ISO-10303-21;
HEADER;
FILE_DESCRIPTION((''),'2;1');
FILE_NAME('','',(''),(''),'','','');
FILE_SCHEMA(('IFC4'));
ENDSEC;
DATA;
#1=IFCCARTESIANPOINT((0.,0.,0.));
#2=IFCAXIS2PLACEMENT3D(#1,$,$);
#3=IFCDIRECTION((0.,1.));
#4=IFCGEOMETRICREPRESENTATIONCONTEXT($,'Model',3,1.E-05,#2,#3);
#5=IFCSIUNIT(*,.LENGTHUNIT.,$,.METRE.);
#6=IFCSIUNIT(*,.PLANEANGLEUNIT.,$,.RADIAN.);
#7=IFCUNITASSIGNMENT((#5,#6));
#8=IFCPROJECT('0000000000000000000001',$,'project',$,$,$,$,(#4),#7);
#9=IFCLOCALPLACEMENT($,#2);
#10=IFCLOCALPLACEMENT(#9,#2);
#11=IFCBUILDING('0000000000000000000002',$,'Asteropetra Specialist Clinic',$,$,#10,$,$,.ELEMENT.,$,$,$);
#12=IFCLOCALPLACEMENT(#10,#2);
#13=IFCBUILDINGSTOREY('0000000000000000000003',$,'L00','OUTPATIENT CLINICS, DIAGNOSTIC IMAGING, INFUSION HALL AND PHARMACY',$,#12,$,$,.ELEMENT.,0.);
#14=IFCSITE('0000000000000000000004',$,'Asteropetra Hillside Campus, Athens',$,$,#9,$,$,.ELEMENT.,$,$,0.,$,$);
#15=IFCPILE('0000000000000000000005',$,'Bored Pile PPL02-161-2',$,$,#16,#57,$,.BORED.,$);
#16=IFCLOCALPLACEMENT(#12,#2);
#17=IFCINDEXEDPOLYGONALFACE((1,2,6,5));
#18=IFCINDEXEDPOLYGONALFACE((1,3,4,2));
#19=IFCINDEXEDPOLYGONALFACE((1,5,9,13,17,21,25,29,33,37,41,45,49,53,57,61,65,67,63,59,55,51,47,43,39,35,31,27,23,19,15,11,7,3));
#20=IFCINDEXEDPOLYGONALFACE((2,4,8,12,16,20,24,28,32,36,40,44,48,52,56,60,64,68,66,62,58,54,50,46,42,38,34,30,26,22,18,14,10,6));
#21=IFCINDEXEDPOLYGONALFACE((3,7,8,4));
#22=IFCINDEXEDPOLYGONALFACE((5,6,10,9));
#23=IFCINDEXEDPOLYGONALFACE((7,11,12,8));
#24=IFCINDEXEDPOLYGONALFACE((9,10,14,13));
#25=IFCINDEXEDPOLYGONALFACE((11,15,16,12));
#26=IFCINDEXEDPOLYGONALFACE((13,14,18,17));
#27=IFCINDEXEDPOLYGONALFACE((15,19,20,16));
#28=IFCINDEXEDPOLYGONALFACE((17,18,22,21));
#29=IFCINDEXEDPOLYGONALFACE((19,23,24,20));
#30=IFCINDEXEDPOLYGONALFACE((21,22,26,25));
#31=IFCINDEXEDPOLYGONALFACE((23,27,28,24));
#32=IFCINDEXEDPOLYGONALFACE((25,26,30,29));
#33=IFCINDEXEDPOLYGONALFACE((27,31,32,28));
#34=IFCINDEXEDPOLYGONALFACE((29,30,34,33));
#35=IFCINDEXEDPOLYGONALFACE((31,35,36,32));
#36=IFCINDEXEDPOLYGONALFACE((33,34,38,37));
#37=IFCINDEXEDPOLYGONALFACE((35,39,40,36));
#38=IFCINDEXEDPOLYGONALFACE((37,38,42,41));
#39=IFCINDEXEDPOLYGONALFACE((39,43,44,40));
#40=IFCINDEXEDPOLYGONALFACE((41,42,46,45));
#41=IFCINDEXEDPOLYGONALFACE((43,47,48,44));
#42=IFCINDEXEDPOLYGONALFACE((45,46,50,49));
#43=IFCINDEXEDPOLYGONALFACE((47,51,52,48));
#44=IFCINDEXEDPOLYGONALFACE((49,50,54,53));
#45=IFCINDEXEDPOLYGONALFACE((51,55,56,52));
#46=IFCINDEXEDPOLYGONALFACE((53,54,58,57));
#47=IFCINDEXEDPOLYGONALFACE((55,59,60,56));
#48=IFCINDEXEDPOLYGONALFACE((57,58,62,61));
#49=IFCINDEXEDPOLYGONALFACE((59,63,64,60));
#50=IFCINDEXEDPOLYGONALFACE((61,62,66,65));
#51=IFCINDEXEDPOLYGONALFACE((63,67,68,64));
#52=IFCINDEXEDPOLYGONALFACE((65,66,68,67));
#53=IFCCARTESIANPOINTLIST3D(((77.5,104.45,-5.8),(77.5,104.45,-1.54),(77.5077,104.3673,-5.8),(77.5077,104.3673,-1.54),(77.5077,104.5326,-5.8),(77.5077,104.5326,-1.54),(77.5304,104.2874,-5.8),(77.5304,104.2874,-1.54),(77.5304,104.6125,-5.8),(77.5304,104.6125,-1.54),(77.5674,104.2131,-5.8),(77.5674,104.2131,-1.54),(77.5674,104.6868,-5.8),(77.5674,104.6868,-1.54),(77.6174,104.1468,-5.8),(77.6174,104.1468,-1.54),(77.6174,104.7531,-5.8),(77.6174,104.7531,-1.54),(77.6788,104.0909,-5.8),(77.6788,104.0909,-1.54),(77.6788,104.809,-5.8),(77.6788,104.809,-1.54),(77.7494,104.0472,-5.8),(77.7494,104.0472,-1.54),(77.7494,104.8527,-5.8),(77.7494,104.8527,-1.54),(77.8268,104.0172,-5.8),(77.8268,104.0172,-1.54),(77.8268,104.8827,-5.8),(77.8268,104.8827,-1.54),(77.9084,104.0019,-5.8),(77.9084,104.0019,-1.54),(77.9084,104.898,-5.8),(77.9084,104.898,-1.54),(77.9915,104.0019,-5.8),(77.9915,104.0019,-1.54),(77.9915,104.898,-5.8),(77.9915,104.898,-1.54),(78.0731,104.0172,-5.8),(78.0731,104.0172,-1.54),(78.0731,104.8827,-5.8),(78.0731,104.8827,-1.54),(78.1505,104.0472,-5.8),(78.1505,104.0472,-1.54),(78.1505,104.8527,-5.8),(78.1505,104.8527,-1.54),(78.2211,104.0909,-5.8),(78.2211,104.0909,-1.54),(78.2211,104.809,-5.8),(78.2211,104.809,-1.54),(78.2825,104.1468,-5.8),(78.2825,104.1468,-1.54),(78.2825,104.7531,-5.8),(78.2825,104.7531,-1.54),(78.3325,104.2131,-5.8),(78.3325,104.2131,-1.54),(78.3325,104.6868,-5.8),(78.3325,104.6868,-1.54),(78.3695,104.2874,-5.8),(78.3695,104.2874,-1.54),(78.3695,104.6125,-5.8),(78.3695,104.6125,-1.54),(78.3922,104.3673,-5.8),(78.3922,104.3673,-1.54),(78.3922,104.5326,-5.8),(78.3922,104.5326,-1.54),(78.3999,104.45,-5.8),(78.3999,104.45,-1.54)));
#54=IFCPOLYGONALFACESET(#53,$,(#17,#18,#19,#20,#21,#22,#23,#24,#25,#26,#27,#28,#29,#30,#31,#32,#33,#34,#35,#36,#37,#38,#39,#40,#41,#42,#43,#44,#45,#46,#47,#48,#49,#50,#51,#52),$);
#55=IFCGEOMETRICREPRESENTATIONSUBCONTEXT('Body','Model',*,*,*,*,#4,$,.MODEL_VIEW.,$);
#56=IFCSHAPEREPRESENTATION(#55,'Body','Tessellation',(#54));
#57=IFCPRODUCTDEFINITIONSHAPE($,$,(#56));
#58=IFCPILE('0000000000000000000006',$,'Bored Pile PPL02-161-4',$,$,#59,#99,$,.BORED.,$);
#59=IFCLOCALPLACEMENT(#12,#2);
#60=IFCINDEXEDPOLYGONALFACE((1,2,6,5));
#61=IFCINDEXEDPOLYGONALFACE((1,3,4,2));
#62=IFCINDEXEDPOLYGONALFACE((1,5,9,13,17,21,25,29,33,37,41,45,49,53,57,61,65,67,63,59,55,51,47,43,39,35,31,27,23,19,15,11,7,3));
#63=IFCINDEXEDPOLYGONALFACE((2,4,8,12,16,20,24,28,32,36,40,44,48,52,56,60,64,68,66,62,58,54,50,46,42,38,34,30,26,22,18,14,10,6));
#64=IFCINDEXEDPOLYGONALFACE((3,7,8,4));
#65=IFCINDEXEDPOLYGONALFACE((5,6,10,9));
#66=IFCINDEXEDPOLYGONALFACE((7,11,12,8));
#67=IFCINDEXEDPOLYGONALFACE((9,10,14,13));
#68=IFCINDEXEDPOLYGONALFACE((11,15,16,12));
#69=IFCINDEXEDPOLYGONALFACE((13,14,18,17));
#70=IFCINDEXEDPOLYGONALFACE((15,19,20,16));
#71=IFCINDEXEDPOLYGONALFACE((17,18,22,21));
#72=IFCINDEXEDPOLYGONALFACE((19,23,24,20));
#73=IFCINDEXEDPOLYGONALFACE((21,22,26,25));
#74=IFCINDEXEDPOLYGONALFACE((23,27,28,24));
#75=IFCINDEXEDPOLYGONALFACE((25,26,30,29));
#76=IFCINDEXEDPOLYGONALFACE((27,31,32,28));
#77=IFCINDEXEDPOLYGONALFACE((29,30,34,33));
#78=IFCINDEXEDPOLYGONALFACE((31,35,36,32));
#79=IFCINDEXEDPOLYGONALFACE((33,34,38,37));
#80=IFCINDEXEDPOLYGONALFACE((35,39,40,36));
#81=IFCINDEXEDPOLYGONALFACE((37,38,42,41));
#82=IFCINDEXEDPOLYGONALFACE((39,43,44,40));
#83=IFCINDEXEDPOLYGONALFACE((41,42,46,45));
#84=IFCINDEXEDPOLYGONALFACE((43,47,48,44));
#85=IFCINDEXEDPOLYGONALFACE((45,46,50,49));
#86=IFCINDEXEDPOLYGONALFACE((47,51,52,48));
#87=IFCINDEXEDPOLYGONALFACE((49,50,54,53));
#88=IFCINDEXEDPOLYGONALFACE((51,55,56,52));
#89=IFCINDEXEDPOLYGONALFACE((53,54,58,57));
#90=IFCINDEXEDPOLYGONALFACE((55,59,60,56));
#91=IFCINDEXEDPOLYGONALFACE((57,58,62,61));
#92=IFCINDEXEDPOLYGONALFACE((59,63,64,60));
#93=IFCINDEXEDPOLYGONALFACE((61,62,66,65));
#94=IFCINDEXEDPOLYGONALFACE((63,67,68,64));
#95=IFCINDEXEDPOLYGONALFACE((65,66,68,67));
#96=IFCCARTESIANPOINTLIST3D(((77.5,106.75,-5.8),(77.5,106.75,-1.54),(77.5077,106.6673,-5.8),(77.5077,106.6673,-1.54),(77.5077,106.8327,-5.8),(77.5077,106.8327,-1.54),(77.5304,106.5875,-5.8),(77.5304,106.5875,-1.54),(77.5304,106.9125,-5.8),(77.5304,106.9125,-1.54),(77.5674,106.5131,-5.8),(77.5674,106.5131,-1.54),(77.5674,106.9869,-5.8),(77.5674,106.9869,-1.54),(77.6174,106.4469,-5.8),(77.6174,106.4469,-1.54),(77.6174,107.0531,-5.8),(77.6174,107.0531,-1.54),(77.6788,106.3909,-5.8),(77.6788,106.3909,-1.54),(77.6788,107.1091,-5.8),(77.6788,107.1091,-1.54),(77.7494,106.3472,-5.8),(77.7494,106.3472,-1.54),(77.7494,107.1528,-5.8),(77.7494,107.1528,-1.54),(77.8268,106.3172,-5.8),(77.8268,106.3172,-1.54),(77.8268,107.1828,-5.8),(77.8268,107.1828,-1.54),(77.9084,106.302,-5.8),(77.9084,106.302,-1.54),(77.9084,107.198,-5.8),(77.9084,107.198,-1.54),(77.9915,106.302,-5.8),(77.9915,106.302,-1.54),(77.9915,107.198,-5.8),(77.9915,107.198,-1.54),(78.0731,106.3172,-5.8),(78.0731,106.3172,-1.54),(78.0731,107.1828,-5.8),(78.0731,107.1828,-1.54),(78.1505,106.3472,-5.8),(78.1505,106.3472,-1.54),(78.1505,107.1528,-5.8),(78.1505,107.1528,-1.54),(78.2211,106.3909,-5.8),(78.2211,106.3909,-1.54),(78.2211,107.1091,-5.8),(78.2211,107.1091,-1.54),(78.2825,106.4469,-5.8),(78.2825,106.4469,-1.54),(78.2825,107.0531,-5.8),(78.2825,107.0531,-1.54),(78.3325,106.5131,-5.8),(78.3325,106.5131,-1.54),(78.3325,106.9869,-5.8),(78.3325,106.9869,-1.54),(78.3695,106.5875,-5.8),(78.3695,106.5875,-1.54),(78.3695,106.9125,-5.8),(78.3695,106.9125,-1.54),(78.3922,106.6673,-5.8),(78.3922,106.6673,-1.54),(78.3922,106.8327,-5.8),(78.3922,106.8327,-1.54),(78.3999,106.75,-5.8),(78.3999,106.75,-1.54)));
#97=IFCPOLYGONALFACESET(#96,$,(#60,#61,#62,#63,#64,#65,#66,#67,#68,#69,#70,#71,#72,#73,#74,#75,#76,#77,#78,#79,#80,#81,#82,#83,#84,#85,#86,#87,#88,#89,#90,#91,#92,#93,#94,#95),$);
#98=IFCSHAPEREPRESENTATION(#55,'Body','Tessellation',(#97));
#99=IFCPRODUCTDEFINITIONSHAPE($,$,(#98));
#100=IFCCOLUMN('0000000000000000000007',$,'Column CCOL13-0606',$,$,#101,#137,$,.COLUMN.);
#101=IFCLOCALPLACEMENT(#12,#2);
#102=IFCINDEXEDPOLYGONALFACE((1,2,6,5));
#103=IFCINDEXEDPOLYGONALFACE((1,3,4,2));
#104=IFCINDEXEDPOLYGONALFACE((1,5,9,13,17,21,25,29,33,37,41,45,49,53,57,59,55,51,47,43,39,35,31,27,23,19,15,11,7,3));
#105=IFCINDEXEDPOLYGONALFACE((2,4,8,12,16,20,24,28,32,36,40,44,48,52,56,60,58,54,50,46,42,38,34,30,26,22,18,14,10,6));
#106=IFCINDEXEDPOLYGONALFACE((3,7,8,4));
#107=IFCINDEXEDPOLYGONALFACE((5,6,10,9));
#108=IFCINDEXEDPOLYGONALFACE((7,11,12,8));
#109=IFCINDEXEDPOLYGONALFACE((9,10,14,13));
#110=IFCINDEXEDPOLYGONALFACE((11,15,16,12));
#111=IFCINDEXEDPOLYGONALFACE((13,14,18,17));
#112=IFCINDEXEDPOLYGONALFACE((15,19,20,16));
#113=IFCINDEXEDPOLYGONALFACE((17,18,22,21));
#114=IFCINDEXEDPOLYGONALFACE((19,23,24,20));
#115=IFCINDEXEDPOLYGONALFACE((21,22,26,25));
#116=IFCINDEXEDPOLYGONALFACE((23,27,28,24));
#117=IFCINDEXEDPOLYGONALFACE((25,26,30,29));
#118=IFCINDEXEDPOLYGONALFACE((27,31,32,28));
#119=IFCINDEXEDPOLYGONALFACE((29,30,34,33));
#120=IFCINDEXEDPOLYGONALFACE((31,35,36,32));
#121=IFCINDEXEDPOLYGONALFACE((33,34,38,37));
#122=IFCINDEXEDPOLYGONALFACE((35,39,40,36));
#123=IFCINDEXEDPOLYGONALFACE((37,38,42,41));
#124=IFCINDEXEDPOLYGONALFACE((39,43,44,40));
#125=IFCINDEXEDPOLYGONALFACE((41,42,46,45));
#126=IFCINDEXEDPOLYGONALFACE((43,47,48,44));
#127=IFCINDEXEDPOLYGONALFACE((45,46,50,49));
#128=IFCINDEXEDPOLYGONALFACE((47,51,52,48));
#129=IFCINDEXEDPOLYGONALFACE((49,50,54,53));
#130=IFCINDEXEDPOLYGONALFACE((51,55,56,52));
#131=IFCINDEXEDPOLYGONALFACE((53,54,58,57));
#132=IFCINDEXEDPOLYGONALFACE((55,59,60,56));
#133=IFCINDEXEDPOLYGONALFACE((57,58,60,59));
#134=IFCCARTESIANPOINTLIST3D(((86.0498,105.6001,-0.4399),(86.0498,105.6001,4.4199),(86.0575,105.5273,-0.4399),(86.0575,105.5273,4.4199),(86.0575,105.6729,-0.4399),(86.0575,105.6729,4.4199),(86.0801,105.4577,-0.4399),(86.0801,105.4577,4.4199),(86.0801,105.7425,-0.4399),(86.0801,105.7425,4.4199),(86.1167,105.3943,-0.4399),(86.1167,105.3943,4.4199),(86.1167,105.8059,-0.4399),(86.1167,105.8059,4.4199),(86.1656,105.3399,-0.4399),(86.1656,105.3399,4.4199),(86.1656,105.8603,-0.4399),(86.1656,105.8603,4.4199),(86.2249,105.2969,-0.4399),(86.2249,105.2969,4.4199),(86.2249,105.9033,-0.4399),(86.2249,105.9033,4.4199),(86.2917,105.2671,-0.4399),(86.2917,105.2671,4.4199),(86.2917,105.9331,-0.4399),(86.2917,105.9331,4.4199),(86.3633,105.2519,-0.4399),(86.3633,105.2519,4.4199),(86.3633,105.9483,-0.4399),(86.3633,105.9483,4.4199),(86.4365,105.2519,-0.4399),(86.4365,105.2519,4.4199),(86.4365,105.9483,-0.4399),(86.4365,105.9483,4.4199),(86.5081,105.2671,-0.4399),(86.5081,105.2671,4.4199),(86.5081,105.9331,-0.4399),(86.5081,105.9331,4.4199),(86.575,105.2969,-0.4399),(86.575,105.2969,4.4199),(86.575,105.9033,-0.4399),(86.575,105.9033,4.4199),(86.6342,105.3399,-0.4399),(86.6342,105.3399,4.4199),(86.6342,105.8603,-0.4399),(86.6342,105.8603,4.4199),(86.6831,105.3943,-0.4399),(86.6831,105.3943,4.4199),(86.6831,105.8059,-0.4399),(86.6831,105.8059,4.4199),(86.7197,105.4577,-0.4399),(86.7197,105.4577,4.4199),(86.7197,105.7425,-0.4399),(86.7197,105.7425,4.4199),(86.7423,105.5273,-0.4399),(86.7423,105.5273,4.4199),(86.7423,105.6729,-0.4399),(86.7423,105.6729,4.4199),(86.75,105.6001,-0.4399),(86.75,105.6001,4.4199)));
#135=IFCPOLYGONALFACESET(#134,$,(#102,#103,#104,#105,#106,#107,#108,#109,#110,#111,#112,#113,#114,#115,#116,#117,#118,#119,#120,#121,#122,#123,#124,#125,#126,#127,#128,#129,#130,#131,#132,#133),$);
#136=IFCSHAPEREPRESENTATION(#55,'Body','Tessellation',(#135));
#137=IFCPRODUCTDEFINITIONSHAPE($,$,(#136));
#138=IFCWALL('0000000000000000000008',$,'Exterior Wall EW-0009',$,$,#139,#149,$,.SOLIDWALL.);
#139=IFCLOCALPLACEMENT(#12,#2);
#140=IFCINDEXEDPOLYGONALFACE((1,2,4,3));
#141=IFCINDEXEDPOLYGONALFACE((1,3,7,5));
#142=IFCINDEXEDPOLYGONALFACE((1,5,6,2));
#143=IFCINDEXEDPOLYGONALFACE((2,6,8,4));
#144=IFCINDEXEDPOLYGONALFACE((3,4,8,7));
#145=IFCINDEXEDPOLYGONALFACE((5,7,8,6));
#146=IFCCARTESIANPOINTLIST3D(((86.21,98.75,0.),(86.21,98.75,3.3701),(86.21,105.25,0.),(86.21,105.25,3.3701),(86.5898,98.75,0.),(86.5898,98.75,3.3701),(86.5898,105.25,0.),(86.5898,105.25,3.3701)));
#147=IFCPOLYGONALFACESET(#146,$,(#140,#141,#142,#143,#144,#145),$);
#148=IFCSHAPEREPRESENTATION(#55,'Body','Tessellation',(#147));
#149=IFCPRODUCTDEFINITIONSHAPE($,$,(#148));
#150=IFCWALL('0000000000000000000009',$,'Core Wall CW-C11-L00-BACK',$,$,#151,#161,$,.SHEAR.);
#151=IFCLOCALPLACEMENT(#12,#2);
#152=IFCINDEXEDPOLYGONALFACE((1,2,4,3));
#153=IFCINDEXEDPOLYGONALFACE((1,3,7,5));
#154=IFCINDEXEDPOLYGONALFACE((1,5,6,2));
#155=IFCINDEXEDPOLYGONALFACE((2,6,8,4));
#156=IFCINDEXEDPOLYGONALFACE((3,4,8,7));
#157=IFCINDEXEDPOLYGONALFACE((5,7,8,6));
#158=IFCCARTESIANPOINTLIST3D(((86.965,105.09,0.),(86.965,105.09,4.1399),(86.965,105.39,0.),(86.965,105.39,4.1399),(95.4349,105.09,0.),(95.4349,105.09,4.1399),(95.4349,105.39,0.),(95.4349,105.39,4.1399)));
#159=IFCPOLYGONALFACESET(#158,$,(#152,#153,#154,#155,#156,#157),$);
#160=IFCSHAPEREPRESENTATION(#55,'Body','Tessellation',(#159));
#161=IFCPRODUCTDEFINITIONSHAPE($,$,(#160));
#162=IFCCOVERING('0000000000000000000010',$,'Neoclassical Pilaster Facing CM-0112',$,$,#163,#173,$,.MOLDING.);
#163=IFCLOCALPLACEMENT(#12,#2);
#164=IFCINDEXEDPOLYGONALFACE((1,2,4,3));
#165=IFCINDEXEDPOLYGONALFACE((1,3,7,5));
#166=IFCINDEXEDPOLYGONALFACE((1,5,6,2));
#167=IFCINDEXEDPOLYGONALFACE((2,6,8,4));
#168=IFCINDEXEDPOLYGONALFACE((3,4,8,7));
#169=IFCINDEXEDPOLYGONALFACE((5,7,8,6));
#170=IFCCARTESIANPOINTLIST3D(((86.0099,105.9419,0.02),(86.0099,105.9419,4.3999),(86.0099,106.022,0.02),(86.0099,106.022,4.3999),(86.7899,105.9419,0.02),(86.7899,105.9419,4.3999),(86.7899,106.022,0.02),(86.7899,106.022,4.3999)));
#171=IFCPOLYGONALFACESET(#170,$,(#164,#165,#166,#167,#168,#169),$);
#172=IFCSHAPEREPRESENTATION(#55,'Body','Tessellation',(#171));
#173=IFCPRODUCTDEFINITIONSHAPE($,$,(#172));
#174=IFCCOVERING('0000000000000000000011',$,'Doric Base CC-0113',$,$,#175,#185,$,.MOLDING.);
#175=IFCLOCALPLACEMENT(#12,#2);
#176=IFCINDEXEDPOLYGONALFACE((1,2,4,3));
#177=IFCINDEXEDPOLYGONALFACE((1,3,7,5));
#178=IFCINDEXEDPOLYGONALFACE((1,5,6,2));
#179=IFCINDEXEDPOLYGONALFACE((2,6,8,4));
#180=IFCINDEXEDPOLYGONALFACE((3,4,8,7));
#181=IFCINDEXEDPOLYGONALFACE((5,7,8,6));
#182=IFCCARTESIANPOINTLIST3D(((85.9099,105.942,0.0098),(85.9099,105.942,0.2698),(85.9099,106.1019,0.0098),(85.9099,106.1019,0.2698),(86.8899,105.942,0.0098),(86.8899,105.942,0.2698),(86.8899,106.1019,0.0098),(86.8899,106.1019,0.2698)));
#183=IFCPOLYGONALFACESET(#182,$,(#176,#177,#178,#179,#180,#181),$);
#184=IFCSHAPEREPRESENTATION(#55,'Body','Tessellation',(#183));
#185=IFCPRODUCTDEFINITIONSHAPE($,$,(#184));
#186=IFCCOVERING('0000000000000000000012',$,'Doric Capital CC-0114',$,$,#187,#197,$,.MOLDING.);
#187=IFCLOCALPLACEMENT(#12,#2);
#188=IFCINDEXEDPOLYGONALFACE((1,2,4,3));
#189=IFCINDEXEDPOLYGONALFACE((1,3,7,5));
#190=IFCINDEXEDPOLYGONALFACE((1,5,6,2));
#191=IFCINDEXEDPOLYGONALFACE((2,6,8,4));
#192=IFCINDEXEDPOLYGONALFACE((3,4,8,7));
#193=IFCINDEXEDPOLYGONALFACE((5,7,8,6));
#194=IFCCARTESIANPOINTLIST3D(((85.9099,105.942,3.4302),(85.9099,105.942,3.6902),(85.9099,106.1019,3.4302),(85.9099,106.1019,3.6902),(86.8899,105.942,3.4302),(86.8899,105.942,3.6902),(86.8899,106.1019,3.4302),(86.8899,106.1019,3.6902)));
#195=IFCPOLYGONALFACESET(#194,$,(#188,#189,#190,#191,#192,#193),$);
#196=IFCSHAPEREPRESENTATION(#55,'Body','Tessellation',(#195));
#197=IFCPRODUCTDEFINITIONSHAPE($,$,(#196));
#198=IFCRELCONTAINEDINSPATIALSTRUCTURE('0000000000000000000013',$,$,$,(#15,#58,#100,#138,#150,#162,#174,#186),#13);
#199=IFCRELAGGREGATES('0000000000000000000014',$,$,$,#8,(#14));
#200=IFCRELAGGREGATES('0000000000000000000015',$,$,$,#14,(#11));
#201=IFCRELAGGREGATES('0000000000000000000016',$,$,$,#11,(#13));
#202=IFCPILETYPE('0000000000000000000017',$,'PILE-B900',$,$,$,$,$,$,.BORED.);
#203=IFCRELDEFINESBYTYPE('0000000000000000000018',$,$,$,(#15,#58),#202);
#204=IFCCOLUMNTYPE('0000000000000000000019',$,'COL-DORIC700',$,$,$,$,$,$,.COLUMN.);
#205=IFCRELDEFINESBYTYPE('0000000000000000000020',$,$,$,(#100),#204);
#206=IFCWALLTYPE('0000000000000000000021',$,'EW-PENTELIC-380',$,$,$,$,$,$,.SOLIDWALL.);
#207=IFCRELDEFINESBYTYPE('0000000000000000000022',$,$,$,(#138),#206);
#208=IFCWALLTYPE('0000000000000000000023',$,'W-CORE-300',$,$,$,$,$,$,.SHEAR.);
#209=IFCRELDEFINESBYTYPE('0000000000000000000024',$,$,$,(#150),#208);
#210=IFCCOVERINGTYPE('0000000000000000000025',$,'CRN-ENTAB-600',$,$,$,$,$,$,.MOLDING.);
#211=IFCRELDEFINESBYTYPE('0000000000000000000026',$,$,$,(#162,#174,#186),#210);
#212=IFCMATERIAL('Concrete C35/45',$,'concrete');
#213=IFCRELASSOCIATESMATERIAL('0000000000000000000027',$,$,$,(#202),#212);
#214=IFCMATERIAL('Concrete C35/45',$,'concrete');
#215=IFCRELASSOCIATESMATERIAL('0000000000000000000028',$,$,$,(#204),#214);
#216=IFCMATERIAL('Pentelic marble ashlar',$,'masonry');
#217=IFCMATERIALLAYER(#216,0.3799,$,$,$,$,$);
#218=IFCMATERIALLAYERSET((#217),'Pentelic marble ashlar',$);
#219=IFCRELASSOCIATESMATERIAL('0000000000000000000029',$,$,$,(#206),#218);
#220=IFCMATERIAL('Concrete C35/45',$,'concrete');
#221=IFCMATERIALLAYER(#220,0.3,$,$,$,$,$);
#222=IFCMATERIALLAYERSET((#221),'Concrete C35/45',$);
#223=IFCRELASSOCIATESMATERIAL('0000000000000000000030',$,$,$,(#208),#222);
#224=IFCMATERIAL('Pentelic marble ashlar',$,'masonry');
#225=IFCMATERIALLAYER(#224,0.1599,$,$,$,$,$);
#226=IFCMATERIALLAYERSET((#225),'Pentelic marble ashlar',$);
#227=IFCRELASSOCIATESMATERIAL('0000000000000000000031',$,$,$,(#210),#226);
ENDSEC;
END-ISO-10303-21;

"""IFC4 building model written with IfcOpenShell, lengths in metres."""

from ifc_helpers import new_model, si_unit, direction, frame, frame_2d, origin, origin_2d, place, context, subcontext, project, spatial, rectangle, circle, extrude, material, layer, layer_set, material_profile, profile_set, type_object, element, save


model = new_model("IFC4")

# Units and contexts
model_context = context("Model", 3, precision=1e-05, world=origin(), true_north=direction((0.0, 1.0)))
body_context = subcontext(model_context, "Body", "Model", "MODEL_VIEW")
ifc_project = project(units=[si_unit("LENGTHUNIT", "METRE"), si_unit("PLANEANGLEUNIT", "RADIAN")], contexts=[model_context])

# Site, building, storey
site_placement = place(None, origin())
site = spatial("IfcSite", under=ifc_project, at=site_placement, Name="Asteropetra Hillside Campus, Athens", CompositionType="ELEMENT", RefElevation=0.0)
building_placement = place(site_placement, origin())
building = spatial("IfcBuilding", under=site, at=building_placement, Name="Asteropetra Specialist Clinic", CompositionType="ELEMENT")
storey_placement = place(building_placement, origin())
storey = spatial("IfcBuildingStorey", under=building, at=storey_placement, Name="L00", Description="OUTPATIENT CLINICS, DIAGNOSTIC IMAGING, INFUSION HALL AND PHARMACY", CompositionType="ELEMENT", Elevation=0.0)

# Piles
ifc_material_1 = material(Name="Concrete C35/45", Category="concrete")
ifc_material_profile_1 = material_profile(ifc_material_1, circle(Radius=0.45, at=origin_2d()), Name="PILE D900")
ifc_profile_set_1 = profile_set([ifc_material_profile_1], Name="Concrete C35/45")
pile_type_1 = type_object("IfcPileType", Name="PILE-B900", PredefinedType="BORED", material=ifc_profile_set_1)
for number, where, z_axis, x_axis, name in (
    (1, (77.95, 104.45, -1.54), (0.0, 0.0, -1.0), (1.0, 0.0, 0.0), "Bored Pile PPL02-161-2"),
    (2, (77.95, 106.75, -1.54), (0.0, 0.0, -1.0), (1.0, 0.0, 0.0), "Bored Pile PPL02-161-4"),
):
    element("IfcPile", number, at=place(storey_placement, frame(where, z_axis=z_axis, x_axis=x_axis)), inside=storey, type_object=pile_type_1, Name=name, PredefinedType="BORED", context=body_context, shape_type="SweptSolid", body=[
        extrude(circle(Radius=0.45, at=origin_2d()), origin(), (0.0, 0.0, 1.0), 4.26),
    ])

# Column
ifc_material_2 = material(Name="Concrete C35/45", Category="concrete")
ifc_material_profile_2 = material_profile(ifc_material_2, circle(Radius=0.3501, at=origin_2d()), Name="RCC D700")
ifc_profile_set_2 = profile_set([ifc_material_profile_2], Name="Concrete C35/45")
column_type = type_object("IfcColumnType", Name="COL-DORIC700", PredefinedType="COLUMN", material=ifc_profile_set_2)
column_placement = place(storey_placement, frame((86.3999, 105.6001, -0.4399), z_axis=(0.0, 0.0, 1.0), x_axis=(1.0, 0.0, 0.0)))
element("IfcColumn", 3, at=column_placement, inside=storey, type_object=column_type, Name="Column CCOL13-0606", PredefinedType="COLUMN", context=body_context, shape_type="SweptSolid", body=[
    extrude(circle(Radius=0.3501, at=origin_2d()), origin(), (0.0, 0.0, 1.0), 4.8599),
])

# Walls
ifc_material_3 = material(Name="Pentelic marble ashlar", Category="masonry")
ifc_layer_1 = layer(ifc_material_3, 0.3799)
ifc_layer_set_1 = layer_set([ifc_layer_1], Name="Pentelic marble ashlar")
wall_type_1 = type_object("IfcWallType", Name="EW-PENTELIC-380", PredefinedType="SOLIDWALL", material=ifc_layer_set_1)
wall_1_placement = place(storey_placement, frame((86.3999, 105.25, 0.0), z_axis=(0.0, 0.0, 1.0), x_axis=(0.0, -1.0, 0.0)))
element("IfcWall", 4, at=wall_1_placement, inside=storey, type_object=wall_type_1, Name="Exterior Wall EW-0009", PredefinedType="SOLIDWALL", context=body_context, shape_type="SweptSolid", body=[
    extrude(rectangle(XDim=6.5, YDim=0.3799, at=frame_2d((3.25, 0.0))), origin(), (0.0, 0.0, 1.0), 3.3701),
])
ifc_material_4 = material(Name="Concrete C35/45", Category="concrete")
ifc_layer_2 = layer(ifc_material_4, 0.3)
ifc_layer_set_2 = layer_set([ifc_layer_2], Name="Concrete C35/45")
wall_type_2 = type_object("IfcWallType", Name="W-CORE-300", PredefinedType="SHEAR", material=ifc_layer_set_2)
wall_2_placement = place(storey_placement, frame((86.9651, 105.24, 0.0), z_axis=(0.0, 0.0, 1.0), x_axis=(1.0, 0.0, 0.0)))
element("IfcWall", 5, at=wall_2_placement, inside=storey, type_object=wall_type_2, Name="Core Wall CW-C11-L00-BACK", PredefinedType="SHEAR", context=body_context, shape_type="SweptSolid", body=[
    extrude(rectangle(XDim=8.47, YDim=0.3, at=frame_2d((4.2349, 0.0))), origin(), (0.0, 0.0, 1.0), 4.1399),
])

# Coverings
ifc_material_5 = material(Name="Pentelic marble ashlar", Category="masonry")
ifc_layer_3 = layer(ifc_material_5, 0.1599)
ifc_layer_set_3 = layer_set([ifc_layer_3], Name="Pentelic marble ashlar")
covering_type = type_object("IfcCoveringType", Name="CRN-ENTAB-600", PredefinedType="MOLDING", material=ifc_layer_set_3)
covering_1_placement = place(storey_placement, frame((86.3999, 105.9819, 0.02), z_axis=(0.0, 0.0, 1.0), x_axis=(1.0, 0.0, 0.0)))
element("IfcCovering", 6, at=covering_1_placement, inside=storey, type_object=covering_type, Name="Neoclassical Pilaster Facing CM-0112", PredefinedType="MOLDING", context=body_context, shape_type="SweptSolid", body=[
    extrude(rectangle(XDim=0.78, YDim=0.0801, at=origin_2d()), origin(), (0.0, 0.0, 1.0), 4.3799),
])
for number, where, z_axis, x_axis, name in (
    (7, (86.3999, 106.022, 0.0098), (0.0, 0.0, 1.0), (1.0, 0.0, 0.0), "Doric Base CC-0113"),
    (8, (86.3999, 106.022, 3.4302), (0.0, 0.0, 1.0), (1.0, 0.0, 0.0), "Doric Capital CC-0114"),
):
    element("IfcCovering", number, at=place(storey_placement, frame(where, z_axis=z_axis, x_axis=x_axis)), inside=storey, type_object=covering_type, Name=name, PredefinedType="MOLDING", context=body_context, shape_type="SweptSolid", body=[
        extrude(rectangle(XDim=0.98, YDim=0.1599, at=origin_2d()), origin(), (0.0, 0.0, 1.0), 0.26),
    ])

save(model, "model.ifc")
